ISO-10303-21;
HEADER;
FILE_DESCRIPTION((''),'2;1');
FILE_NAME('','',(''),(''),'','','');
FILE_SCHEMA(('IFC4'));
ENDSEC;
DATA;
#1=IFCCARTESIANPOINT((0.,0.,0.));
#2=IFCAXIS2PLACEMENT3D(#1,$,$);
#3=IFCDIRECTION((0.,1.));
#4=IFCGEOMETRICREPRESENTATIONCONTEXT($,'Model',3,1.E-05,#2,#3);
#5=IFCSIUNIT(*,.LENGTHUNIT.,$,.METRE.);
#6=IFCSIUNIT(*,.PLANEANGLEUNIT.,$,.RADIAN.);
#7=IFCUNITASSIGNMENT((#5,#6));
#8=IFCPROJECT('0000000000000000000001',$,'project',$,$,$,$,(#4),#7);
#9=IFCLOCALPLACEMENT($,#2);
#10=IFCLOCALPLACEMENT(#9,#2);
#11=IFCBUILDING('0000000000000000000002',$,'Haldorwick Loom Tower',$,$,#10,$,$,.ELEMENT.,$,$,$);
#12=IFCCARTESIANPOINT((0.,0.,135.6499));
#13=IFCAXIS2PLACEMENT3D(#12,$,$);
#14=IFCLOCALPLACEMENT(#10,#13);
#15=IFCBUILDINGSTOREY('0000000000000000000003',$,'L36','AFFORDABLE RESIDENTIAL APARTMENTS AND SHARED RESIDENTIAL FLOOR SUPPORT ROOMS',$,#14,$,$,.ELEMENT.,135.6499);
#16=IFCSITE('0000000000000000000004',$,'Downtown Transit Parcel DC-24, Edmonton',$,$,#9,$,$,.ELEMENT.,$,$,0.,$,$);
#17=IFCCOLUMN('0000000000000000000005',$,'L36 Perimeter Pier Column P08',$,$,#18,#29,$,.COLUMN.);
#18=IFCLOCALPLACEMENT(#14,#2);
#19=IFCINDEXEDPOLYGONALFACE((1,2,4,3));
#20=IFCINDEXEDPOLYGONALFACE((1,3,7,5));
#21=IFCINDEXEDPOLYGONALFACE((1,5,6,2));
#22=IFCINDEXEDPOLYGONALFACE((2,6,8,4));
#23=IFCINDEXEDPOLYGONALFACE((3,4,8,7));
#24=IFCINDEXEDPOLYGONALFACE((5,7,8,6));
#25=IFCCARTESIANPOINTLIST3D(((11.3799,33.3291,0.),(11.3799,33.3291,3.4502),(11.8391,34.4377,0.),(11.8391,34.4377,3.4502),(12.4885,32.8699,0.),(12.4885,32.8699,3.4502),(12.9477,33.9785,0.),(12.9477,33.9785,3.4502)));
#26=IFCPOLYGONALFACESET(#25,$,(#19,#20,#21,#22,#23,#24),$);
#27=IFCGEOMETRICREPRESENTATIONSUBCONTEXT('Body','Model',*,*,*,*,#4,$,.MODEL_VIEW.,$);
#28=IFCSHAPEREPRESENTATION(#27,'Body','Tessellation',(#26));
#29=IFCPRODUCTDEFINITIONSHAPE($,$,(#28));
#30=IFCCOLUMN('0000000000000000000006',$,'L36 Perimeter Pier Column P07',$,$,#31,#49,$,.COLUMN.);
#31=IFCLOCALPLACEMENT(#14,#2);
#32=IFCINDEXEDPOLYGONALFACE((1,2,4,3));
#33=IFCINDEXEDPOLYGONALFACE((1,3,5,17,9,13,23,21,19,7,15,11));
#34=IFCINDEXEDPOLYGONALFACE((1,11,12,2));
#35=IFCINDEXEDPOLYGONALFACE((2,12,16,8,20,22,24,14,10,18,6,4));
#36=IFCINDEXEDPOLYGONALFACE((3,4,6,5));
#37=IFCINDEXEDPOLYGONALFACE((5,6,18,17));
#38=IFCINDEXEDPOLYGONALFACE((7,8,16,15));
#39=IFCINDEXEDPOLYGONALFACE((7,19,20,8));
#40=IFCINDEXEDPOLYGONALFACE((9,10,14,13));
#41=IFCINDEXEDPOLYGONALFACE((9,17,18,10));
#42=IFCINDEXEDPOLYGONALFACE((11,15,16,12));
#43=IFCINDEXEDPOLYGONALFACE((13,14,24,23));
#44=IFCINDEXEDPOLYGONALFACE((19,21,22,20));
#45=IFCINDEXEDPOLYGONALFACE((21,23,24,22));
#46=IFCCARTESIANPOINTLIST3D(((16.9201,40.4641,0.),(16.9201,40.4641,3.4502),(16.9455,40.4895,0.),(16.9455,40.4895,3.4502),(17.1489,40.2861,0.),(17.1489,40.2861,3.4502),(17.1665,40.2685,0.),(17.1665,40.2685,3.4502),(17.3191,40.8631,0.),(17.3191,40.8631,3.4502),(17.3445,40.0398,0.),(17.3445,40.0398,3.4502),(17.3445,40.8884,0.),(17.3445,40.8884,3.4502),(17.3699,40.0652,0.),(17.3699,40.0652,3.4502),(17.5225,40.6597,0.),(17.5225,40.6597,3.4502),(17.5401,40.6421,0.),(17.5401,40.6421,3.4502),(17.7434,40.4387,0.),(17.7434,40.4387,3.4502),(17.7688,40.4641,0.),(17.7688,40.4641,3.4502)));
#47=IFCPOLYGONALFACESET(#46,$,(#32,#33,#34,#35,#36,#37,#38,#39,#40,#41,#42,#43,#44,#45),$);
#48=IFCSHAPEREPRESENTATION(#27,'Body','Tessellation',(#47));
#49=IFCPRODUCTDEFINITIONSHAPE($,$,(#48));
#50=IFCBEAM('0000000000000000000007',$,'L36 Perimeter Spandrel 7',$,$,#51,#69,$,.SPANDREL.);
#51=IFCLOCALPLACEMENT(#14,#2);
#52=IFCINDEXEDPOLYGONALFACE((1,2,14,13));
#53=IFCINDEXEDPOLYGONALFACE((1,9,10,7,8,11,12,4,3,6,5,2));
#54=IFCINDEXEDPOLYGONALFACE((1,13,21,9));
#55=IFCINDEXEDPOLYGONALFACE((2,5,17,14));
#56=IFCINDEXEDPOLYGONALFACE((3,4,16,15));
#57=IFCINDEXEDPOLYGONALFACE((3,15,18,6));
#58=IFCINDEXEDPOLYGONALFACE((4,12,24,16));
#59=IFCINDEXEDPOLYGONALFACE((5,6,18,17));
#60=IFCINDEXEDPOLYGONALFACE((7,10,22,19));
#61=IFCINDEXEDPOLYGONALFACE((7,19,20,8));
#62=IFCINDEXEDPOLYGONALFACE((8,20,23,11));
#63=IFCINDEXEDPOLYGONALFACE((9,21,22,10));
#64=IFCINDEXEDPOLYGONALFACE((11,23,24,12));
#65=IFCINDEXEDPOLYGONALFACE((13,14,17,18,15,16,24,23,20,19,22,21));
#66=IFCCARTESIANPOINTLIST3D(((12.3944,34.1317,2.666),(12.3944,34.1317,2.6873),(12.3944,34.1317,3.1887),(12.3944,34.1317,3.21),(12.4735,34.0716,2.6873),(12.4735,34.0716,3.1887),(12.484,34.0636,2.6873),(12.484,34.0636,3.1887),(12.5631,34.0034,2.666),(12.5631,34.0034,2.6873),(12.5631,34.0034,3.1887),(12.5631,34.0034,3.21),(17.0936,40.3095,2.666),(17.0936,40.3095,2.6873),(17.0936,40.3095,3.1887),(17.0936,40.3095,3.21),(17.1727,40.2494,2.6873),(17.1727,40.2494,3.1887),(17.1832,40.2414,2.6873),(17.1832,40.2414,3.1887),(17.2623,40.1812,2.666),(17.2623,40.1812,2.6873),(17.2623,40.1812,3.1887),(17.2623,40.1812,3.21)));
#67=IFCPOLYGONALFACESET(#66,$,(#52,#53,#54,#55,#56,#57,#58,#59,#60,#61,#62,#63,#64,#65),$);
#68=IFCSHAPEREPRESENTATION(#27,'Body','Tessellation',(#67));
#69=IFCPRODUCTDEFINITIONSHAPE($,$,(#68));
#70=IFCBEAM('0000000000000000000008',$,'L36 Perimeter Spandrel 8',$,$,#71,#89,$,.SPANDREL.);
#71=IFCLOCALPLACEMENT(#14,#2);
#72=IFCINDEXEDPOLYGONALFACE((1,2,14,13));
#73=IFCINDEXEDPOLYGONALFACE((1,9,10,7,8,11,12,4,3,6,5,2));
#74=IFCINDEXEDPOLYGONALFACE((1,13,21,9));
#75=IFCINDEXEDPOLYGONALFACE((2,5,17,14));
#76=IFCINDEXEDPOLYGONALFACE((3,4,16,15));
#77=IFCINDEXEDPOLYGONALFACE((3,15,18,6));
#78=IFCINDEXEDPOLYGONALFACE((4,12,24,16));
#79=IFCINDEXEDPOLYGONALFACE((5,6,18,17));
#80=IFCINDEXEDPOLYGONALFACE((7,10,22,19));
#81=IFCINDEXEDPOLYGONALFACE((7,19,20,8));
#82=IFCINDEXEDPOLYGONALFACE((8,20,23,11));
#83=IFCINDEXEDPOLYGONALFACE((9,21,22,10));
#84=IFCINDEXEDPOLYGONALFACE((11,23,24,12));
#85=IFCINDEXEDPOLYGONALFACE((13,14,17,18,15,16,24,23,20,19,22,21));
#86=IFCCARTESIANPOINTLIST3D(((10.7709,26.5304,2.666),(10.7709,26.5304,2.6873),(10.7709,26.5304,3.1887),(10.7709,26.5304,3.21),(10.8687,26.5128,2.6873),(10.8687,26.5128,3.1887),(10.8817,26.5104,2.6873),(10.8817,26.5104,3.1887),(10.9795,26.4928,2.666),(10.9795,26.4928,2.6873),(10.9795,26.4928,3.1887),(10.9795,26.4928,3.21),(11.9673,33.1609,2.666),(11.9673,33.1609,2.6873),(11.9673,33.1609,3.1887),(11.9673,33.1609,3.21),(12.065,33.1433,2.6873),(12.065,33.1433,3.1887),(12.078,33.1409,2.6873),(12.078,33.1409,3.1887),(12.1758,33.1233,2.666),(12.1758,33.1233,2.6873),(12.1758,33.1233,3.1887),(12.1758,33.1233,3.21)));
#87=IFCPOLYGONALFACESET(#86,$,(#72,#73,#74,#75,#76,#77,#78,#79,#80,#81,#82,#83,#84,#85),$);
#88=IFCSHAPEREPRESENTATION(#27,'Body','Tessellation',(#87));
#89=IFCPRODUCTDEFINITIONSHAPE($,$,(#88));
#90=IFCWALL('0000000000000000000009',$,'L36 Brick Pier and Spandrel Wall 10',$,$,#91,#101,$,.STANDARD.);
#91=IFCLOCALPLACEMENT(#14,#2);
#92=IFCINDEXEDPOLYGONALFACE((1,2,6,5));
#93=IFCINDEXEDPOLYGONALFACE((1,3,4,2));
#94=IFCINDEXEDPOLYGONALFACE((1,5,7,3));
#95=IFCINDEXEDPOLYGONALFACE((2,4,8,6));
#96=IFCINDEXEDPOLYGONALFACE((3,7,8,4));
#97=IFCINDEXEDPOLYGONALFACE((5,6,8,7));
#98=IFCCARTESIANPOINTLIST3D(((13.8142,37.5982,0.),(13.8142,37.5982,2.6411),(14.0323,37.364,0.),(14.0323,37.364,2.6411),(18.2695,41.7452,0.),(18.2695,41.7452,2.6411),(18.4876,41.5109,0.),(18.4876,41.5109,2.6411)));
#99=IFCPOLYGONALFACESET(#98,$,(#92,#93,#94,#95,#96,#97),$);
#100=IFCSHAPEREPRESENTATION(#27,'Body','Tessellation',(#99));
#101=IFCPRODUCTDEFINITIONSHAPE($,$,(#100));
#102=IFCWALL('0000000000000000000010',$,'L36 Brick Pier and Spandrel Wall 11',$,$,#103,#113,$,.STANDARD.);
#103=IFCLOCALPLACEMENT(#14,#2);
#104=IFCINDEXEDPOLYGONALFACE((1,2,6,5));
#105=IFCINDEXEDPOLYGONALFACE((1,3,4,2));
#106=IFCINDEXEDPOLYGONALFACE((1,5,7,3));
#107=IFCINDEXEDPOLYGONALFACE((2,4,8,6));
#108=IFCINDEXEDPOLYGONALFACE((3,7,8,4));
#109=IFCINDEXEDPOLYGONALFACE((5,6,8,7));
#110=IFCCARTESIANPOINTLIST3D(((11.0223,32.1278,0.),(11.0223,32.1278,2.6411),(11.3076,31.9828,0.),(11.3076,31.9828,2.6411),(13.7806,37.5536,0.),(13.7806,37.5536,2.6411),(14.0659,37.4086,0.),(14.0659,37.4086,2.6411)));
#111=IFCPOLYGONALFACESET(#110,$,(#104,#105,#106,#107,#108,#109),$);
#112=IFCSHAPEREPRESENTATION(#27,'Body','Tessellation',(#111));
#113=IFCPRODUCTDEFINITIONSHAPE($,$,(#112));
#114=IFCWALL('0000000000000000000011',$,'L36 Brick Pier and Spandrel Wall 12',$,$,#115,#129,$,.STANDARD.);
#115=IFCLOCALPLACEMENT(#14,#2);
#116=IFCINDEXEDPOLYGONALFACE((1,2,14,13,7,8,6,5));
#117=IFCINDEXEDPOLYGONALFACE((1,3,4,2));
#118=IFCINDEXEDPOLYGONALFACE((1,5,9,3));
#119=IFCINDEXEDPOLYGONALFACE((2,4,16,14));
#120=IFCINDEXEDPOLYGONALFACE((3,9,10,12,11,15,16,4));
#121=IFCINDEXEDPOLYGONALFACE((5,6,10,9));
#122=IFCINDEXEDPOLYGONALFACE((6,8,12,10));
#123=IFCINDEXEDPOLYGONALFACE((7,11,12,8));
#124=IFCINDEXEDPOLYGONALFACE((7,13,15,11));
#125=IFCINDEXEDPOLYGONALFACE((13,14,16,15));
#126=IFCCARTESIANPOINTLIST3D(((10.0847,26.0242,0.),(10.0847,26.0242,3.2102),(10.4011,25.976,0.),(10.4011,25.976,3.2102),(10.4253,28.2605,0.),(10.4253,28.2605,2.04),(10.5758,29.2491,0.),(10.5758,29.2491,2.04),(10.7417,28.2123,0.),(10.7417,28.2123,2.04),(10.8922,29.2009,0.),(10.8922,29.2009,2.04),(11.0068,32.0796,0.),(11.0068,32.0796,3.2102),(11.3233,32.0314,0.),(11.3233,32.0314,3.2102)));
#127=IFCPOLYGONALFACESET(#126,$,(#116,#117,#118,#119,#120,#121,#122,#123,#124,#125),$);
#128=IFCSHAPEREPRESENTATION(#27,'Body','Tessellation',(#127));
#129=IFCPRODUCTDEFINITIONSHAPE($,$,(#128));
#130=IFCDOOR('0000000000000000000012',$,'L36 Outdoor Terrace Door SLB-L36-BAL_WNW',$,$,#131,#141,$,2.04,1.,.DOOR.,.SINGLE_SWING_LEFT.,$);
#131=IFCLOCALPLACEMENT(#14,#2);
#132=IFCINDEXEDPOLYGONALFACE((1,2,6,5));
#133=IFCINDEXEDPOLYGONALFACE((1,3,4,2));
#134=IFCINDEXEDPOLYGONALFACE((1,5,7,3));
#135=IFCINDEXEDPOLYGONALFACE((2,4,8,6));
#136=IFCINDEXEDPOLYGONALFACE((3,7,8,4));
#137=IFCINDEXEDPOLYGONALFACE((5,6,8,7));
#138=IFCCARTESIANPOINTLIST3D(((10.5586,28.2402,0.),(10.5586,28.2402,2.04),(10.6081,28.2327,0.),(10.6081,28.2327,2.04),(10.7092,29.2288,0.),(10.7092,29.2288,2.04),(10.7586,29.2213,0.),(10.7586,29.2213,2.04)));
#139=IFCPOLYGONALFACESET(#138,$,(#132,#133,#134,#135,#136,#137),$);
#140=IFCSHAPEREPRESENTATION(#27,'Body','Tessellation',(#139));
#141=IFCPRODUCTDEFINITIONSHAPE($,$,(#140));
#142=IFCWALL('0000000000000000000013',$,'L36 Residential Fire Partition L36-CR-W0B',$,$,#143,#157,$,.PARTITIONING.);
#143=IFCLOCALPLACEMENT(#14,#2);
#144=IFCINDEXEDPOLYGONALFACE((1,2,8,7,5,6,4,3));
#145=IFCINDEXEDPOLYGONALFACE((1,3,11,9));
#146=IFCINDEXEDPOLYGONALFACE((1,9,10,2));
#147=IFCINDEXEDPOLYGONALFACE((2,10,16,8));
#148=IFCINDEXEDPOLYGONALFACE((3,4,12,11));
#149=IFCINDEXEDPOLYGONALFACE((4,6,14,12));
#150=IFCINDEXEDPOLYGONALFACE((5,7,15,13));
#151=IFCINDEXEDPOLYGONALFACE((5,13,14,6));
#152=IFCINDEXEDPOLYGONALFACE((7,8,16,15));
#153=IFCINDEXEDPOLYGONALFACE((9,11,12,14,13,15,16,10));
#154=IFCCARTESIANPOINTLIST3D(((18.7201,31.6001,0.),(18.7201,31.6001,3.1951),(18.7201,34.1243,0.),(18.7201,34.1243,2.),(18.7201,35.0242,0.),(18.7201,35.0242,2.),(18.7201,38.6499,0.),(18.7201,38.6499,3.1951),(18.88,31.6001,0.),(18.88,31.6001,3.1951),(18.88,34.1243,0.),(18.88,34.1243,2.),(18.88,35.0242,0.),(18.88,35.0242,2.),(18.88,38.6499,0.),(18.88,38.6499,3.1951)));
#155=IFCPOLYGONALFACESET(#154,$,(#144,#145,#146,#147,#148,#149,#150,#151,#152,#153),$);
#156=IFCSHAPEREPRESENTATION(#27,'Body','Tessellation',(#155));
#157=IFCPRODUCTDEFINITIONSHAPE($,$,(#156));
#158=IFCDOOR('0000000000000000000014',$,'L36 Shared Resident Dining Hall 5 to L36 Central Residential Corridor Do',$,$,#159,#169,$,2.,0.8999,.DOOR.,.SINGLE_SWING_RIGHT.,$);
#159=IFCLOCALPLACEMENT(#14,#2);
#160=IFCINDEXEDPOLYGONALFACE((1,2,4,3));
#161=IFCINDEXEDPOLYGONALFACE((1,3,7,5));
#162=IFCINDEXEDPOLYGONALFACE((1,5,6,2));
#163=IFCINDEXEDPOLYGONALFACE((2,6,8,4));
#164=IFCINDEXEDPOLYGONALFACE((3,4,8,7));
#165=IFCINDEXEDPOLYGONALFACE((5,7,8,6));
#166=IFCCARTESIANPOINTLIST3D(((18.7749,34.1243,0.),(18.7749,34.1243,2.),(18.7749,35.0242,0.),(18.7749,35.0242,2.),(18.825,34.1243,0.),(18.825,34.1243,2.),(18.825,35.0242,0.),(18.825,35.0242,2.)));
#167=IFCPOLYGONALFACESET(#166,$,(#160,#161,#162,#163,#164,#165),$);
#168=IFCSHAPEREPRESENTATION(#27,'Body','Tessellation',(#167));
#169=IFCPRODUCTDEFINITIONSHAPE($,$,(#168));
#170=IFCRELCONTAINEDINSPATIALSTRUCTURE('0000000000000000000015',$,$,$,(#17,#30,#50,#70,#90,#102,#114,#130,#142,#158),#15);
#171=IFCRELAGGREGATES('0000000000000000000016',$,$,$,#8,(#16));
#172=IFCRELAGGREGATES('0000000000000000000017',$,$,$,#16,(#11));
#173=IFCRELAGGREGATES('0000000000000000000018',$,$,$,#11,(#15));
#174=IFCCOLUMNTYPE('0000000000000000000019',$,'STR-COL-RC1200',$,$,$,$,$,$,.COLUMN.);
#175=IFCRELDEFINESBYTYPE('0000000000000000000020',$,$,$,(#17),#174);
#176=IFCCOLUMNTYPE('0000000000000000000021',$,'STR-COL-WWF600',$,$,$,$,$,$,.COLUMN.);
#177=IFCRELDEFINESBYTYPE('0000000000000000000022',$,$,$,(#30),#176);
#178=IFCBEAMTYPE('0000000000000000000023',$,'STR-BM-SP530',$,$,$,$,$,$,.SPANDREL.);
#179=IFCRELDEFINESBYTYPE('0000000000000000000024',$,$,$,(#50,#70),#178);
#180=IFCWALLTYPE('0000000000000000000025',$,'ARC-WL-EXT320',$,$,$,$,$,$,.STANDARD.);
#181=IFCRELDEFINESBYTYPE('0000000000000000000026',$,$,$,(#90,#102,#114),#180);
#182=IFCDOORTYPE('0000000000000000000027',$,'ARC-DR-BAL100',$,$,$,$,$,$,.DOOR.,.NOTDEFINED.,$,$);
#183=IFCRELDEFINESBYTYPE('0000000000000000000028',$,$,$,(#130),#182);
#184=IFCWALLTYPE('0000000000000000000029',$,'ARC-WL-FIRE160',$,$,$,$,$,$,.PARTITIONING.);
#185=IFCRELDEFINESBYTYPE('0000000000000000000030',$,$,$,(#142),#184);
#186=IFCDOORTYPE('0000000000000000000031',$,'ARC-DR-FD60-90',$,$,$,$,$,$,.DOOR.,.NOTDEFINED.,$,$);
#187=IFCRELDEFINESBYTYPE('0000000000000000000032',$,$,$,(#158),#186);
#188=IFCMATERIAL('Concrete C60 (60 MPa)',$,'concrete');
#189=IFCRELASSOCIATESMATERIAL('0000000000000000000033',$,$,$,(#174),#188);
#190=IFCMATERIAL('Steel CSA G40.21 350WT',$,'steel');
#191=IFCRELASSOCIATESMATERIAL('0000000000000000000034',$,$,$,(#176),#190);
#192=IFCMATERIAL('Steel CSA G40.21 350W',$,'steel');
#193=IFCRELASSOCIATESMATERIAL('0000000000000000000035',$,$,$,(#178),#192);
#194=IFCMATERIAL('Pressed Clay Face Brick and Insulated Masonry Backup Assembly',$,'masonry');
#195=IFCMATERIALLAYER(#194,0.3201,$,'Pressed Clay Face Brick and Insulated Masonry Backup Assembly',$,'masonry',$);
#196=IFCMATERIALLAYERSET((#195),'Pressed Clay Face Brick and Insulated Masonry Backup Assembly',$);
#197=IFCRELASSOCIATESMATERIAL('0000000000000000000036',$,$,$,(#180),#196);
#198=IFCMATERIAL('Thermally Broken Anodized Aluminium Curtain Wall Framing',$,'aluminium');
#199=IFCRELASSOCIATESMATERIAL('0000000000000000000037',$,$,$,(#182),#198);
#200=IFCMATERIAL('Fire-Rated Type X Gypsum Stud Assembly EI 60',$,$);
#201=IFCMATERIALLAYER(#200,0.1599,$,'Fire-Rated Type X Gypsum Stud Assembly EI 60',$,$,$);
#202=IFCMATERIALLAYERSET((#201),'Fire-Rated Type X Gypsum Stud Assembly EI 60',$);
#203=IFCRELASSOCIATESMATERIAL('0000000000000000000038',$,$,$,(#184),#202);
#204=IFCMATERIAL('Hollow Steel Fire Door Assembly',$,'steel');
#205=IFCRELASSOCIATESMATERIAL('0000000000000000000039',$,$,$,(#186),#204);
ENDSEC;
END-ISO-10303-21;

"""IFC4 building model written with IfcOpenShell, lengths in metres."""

from ifc_helpers import new_model, si_unit, direction, frame, frame_2d, origin, origin_2d, place, context, subcontext, project, spatial, rectangle, i_section, extrude, material, layer, layer_set, material_profile, profile_set, type_object, element, fill, save


model = new_model("IFC4")

# Units and contexts
model_context = context("Model", 3, precision=1e-05, world=origin(), true_north=direction((0.0, 1.0)))
body_context = subcontext(model_context, "Body", "Model", "MODEL_VIEW")
ifc_project = project(units=[si_unit("LENGTHUNIT", "METRE"), si_unit("PLANEANGLEUNIT", "RADIAN")], contexts=[model_context])

# Site, building, storey
site_placement = place(None, origin())
site = spatial("IfcSite", under=ifc_project, at=site_placement, Name="Downtown Transit Parcel DC-24, Edmonton", CompositionType="ELEMENT", RefElevation=0.0)
building_placement = place(site_placement, origin())
building = spatial("IfcBuilding", under=site, at=building_placement, Name="Haldorwick Loom Tower", CompositionType="ELEMENT")
storey_placement = place(building_placement, frame((0.0, 0.0, 135.6499)))
storey = spatial("IfcBuildingStorey", under=building, at=storey_placement, Name="L36", Description="AFFORDABLE RESIDENTIAL APARTMENTS AND SHARED RESIDENTIAL FLOOR SUPPORT ROOMS", CompositionType="ELEMENT", Elevation=135.6499)

# Columns
ifc_material_1 = material(Name="Concrete C60 (60 MPa)", Category="concrete")
ifc_material_profile_1 = material_profile(ifc_material_1, rectangle(XDim=1.2, YDim=1.2, at=origin_2d()), Name="RC1200X1200", Category="concrete")
ifc_profile_set_1 = profile_set([ifc_material_profile_1], Name="Concrete C60 (60 MPa)")
column_type_1 = type_object("IfcColumnType", Name="STR-COL-RC1200", PredefinedType="COLUMN", material=ifc_profile_set_1)
column_1_placement = place(storey_placement, frame((12.1638, 33.6538, 0.0), z_axis=(0.0, 0.0, 1.0), x_axis=(-0.92388, 0.382683, 0.0)))
element("IfcColumn", 1, at=column_1_placement, inside=storey, type_object=column_type_1, Name="L36 Perimeter Pier Column P08", PredefinedType="COLUMN", context=body_context, shape_type="SweptSolid", body=[
    extrude(rectangle(XDim=1.2, YDim=1.2, at=origin_2d()), origin(), (0.0, 0.0, 1.0), 3.4502),
])
ifc_material_2 = material(Name="Steel CSA G40.21 350WT", Category="steel")
ifc_material_profile_2 = material_profile(ifc_material_2, i_section(OverallWidth=0.6001, OverallDepth=0.6001, WebThickness=0.0249, FlangeThickness=0.0359, at=origin_2d()), Name="WWF600X600", Category="steel")
ifc_profile_set_2 = profile_set([ifc_material_profile_2], Name="Steel CSA G40.21 350WT")
column_type_2 = type_object("IfcColumnType", Name="STR-COL-WWF600", PredefinedType="COLUMN", material=ifc_profile_set_2)
column_2_placement = place(storey_placement, frame((17.3445, 40.4641, 0.0), z_axis=(0.0, 0.0, 1.0), x_axis=(-0.707107, 0.707107, 0.0)))
element("IfcColumn", 2, at=column_2_placement, inside=storey, type_object=column_type_2, Name="L36 Perimeter Pier Column P07", PredefinedType="COLUMN", context=body_context, shape_type="SweptSolid", body=[
    extrude(i_section(OverallWidth=0.6001, OverallDepth=0.6001, WebThickness=0.0249, FlangeThickness=0.0359, at=origin_2d()), origin(), (0.0, 0.0, 1.0), 3.4502),
])

# Beams
ifc_material_3 = material(Name="Steel CSA G40.21 350W", Category="steel")
ifc_material_profile_3 = material_profile(ifc_material_3, i_section(OverallWidth=0.2119, OverallDepth=0.5439, WebThickness=0.0132, FlangeThickness=0.0212, at=origin_2d()), Name="W530X123", Category="steel")
ifc_profile_set_3 = profile_set([ifc_material_profile_3], Name="Steel CSA G40.21 350W")
beam_type = type_object("IfcBeamType", Name="STR-BM-SP530", PredefinedType="SPANDREL", material=ifc_profile_set_3)
beam_1_placement = place(storey_placement, frame((17.178, 40.2454, 2.938), z_axis=(-0.605421, -0.795905, 0.0), x_axis=(0.795905, -0.605421, 0.0)))
element("IfcBeam", 3, at=beam_1_placement, inside=storey, type_object=beam_type, Name="L36 Perimeter Spandrel 7", PredefinedType="SPANDREL", context=body_context, shape_type="SweptSolid", body=[
    extrude(i_section(OverallWidth=0.2119, OverallDepth=0.5439, WebThickness=0.0132, FlangeThickness=0.0212, at=origin_2d()), origin(), (0.0, 0.0, 1.0), 7.762),
])
beam_2_placement = place(storey_placement, frame((12.0715, 33.1421, 2.938), z_axis=(-0.177559, -0.98411, 0.0), x_axis=(0.98411, -0.177559, 0.0)))
element("IfcBeam", 4, at=beam_2_placement, inside=storey, type_object=beam_type, Name="L36 Perimeter Spandrel 8", PredefinedType="SPANDREL", context=body_context, shape_type="SweptSolid", body=[
    extrude(i_section(OverallWidth=0.2119, OverallDepth=0.5439, WebThickness=0.0132, FlangeThickness=0.0212, at=origin_2d()), origin(), (0.0, 0.0, 1.0), 6.7375),
])

# Walls
ifc_material_4 = material(Name="Pressed Clay Face Brick and Insulated Masonry Backup Assembly", Category="masonry")
ifc_layer_1 = layer(ifc_material_4, 0.3201, Name="Pressed Clay Face Brick and Insulated Masonry Backup Assembly", Category="masonry")
ifc_layer_set_1 = layer_set([ifc_layer_1], Name="Pressed Clay Face Brick and Insulated Masonry Backup Assembly")
wall_type_1 = type_object("IfcWallType", Name="ARC-WL-EXT320", PredefinedType="STANDARD", material=ifc_layer_set_1)
for number, where, z_axis, x_axis, name in (
    (5, (18.3787, 41.6282, 0.0), (0.0, 0.0, 1.0), (-0.731983, -0.681323, 0.0), "L36 Brick Pier and Spandrel Wall 10"),
    (6, (13.9233, 37.4812, 0.0), (0.0, 0.0, 1.0), (-0.453172, -0.891423, 0.0), "L36 Brick Pier and Spandrel Wall 11"),
):
    element("IfcWall", number, at=place(storey_placement, frame(where, z_axis=z_axis, x_axis=x_axis)), inside=storey, type_object=wall_type_1, Name=name, PredefinedType="STANDARD", context=body_context, shape_type="SweptSolid", body=[
        extrude(rectangle(XDim=6.0867, YDim=0.3201, at=frame_2d((3.0435, 0.0))), origin(), (0.0, 0.0, 1.0), 2.6411),
    ])

# Walls, openings, doors
wall_1_placement = place(storey_placement, frame((11.165, 32.0554, 0.0), z_axis=(0.0, 0.0, 1.0), x_axis=(-0.150544, -0.988603, 0.0)))
wall_1 = element("IfcWall", 7, at=wall_1_placement, inside=storey, type_object=wall_type_1, Name="L36 Brick Pier and Spandrel Wall 12", PredefinedType="STANDARD", context=body_context, shape_type="SweptSolid", body=[
    extrude(rectangle(XDim=6.1252, YDim=0.3201, at=frame_2d((3.0625, 0.0))), origin(), (0.0, 0.0, 1.0), 3.2102),
])
opening_1_placement = place(wall_1_placement, frame((2.863, 0.0, 0.0)))
opening_1 = element("IfcOpeningElement", 8, at=opening_1_placement, cuts=wall_1, PredefinedType="OPENING", context=body_context, shape_type="SweptSolid", body=[
    extrude(rectangle(XDim=1.0, YDim=2.04, at=frame_2d((0.5, 1.02))), frame((0.0, 0.1699, 0.0), z_axis=(0.0, -1.0, 0.0), x_axis=(1.0, 0.0, 0.0)), (0.0, 0.0, 1.0), 0.3401),
])
ifc_material_5 = material(Name="Thermally Broken Anodized Aluminium Curtain Wall Framing", Category="aluminium")
door_type_1 = type_object("IfcDoorType", Name="ARC-DR-BAL100", OperationType="NOTDEFINED", PredefinedType="DOOR", material=ifc_material_5)
door_1_placement = place(opening_1_placement, origin())
door_1 = element("IfcDoor", 9, at=door_1_placement, inside=storey, type_object=door_type_1, Name="L36 Outdoor Terrace Door SLB-L36-BAL_WNW", OperationType="SINGLE_SWING_LEFT", OverallHeight=2.04, OverallWidth=1.0, PredefinedType="DOOR", context=body_context, shape_type="SweptSolid", body=[
    extrude(rectangle(XDim=1.0, YDim=2.04, at=frame_2d((0.5, 1.02))), frame((0.0, 0.0249, 0.0), z_axis=(0.0, -1.0, 0.0), x_axis=(1.0, 0.0, 0.0)), (0.0, 0.0, 1.0), 0.05),
])
fill(opening_1, door_1)
ifc_material_6 = material(Name="Fire-Rated Type X Gypsum Stud Assembly EI 60")
ifc_layer_2 = layer(ifc_material_6, 0.1599, Name="Fire-Rated Type X Gypsum Stud Assembly EI 60")
ifc_layer_set_2 = layer_set([ifc_layer_2], Name="Fire-Rated Type X Gypsum Stud Assembly EI 60")
wall_type_2 = type_object("IfcWallType", Name="ARC-WL-FIRE160", PredefinedType="PARTITIONING", material=ifc_layer_set_2)
wall_2_placement = place(storey_placement, frame((18.8, 31.6001, 0.0), z_axis=(0.0, 0.0, 1.0), x_axis=(0.0, 1.0, 0.0)))
wall_2 = element("IfcWall", 10, at=wall_2_placement, inside=storey, type_object=wall_type_2, Name="L36 Residential Fire Partition L36-CR-W0B", PredefinedType="PARTITIONING", context=body_context, shape_type="SweptSolid", body=[
    extrude(rectangle(XDim=7.0498, YDim=0.1599, at=frame_2d((3.5249, 0.0))), origin(), (0.0, 0.0, 1.0), 3.1951),
])
opening_2_placement = place(wall_2_placement, frame((2.5242, 0.0, 0.0)))
opening_2 = element("IfcOpeningElement", 11, at=opening_2_placement, cuts=wall_2, PredefinedType="OPENING", context=body_context, shape_type="SweptSolid", body=[
    extrude(rectangle(XDim=0.8999, YDim=2.0, at=frame_2d((0.45, 1.0))), frame((0.0, 0.0898, 0.0), z_axis=(0.0, -1.0, 0.0), x_axis=(1.0, 0.0, 0.0)), (0.0, 0.0, 1.0), 0.1799),
])
ifc_material_7 = material(Name="Hollow Steel Fire Door Assembly", Category="steel")
door_type_2 = type_object("IfcDoorType", Name="ARC-DR-FD60-90", OperationType="NOTDEFINED", PredefinedType="DOOR", material=ifc_material_7)
door_2_placement = place(opening_2_placement, frame((0.8999, 0.0, 0.0), z_axis=(0.0, 0.0, 1.0), x_axis=(-1.0, 0.0, 0.0)))
door_2 = element("IfcDoor", 12, at=door_2_placement, inside=storey, type_object=door_type_2, Name="L36 Shared Resident Dining Hall 5 to L36 Central Residential Corridor Do", OperationType="SINGLE_SWING_RIGHT", OverallHeight=2.0, OverallWidth=0.8999, PredefinedType="DOOR", context=body_context, shape_type="SweptSolid", body=[
    extrude(rectangle(XDim=0.8999, YDim=2.0, at=frame_2d((0.45, 1.0))), frame((0.0, 0.0249, 0.0), z_axis=(0.0, -1.0, 0.0), x_axis=(1.0, 0.0, 0.0)), (0.0, 0.0, 1.0), 0.05),
])
fill(opening_2, door_2)

save(model, "model.ifc")
